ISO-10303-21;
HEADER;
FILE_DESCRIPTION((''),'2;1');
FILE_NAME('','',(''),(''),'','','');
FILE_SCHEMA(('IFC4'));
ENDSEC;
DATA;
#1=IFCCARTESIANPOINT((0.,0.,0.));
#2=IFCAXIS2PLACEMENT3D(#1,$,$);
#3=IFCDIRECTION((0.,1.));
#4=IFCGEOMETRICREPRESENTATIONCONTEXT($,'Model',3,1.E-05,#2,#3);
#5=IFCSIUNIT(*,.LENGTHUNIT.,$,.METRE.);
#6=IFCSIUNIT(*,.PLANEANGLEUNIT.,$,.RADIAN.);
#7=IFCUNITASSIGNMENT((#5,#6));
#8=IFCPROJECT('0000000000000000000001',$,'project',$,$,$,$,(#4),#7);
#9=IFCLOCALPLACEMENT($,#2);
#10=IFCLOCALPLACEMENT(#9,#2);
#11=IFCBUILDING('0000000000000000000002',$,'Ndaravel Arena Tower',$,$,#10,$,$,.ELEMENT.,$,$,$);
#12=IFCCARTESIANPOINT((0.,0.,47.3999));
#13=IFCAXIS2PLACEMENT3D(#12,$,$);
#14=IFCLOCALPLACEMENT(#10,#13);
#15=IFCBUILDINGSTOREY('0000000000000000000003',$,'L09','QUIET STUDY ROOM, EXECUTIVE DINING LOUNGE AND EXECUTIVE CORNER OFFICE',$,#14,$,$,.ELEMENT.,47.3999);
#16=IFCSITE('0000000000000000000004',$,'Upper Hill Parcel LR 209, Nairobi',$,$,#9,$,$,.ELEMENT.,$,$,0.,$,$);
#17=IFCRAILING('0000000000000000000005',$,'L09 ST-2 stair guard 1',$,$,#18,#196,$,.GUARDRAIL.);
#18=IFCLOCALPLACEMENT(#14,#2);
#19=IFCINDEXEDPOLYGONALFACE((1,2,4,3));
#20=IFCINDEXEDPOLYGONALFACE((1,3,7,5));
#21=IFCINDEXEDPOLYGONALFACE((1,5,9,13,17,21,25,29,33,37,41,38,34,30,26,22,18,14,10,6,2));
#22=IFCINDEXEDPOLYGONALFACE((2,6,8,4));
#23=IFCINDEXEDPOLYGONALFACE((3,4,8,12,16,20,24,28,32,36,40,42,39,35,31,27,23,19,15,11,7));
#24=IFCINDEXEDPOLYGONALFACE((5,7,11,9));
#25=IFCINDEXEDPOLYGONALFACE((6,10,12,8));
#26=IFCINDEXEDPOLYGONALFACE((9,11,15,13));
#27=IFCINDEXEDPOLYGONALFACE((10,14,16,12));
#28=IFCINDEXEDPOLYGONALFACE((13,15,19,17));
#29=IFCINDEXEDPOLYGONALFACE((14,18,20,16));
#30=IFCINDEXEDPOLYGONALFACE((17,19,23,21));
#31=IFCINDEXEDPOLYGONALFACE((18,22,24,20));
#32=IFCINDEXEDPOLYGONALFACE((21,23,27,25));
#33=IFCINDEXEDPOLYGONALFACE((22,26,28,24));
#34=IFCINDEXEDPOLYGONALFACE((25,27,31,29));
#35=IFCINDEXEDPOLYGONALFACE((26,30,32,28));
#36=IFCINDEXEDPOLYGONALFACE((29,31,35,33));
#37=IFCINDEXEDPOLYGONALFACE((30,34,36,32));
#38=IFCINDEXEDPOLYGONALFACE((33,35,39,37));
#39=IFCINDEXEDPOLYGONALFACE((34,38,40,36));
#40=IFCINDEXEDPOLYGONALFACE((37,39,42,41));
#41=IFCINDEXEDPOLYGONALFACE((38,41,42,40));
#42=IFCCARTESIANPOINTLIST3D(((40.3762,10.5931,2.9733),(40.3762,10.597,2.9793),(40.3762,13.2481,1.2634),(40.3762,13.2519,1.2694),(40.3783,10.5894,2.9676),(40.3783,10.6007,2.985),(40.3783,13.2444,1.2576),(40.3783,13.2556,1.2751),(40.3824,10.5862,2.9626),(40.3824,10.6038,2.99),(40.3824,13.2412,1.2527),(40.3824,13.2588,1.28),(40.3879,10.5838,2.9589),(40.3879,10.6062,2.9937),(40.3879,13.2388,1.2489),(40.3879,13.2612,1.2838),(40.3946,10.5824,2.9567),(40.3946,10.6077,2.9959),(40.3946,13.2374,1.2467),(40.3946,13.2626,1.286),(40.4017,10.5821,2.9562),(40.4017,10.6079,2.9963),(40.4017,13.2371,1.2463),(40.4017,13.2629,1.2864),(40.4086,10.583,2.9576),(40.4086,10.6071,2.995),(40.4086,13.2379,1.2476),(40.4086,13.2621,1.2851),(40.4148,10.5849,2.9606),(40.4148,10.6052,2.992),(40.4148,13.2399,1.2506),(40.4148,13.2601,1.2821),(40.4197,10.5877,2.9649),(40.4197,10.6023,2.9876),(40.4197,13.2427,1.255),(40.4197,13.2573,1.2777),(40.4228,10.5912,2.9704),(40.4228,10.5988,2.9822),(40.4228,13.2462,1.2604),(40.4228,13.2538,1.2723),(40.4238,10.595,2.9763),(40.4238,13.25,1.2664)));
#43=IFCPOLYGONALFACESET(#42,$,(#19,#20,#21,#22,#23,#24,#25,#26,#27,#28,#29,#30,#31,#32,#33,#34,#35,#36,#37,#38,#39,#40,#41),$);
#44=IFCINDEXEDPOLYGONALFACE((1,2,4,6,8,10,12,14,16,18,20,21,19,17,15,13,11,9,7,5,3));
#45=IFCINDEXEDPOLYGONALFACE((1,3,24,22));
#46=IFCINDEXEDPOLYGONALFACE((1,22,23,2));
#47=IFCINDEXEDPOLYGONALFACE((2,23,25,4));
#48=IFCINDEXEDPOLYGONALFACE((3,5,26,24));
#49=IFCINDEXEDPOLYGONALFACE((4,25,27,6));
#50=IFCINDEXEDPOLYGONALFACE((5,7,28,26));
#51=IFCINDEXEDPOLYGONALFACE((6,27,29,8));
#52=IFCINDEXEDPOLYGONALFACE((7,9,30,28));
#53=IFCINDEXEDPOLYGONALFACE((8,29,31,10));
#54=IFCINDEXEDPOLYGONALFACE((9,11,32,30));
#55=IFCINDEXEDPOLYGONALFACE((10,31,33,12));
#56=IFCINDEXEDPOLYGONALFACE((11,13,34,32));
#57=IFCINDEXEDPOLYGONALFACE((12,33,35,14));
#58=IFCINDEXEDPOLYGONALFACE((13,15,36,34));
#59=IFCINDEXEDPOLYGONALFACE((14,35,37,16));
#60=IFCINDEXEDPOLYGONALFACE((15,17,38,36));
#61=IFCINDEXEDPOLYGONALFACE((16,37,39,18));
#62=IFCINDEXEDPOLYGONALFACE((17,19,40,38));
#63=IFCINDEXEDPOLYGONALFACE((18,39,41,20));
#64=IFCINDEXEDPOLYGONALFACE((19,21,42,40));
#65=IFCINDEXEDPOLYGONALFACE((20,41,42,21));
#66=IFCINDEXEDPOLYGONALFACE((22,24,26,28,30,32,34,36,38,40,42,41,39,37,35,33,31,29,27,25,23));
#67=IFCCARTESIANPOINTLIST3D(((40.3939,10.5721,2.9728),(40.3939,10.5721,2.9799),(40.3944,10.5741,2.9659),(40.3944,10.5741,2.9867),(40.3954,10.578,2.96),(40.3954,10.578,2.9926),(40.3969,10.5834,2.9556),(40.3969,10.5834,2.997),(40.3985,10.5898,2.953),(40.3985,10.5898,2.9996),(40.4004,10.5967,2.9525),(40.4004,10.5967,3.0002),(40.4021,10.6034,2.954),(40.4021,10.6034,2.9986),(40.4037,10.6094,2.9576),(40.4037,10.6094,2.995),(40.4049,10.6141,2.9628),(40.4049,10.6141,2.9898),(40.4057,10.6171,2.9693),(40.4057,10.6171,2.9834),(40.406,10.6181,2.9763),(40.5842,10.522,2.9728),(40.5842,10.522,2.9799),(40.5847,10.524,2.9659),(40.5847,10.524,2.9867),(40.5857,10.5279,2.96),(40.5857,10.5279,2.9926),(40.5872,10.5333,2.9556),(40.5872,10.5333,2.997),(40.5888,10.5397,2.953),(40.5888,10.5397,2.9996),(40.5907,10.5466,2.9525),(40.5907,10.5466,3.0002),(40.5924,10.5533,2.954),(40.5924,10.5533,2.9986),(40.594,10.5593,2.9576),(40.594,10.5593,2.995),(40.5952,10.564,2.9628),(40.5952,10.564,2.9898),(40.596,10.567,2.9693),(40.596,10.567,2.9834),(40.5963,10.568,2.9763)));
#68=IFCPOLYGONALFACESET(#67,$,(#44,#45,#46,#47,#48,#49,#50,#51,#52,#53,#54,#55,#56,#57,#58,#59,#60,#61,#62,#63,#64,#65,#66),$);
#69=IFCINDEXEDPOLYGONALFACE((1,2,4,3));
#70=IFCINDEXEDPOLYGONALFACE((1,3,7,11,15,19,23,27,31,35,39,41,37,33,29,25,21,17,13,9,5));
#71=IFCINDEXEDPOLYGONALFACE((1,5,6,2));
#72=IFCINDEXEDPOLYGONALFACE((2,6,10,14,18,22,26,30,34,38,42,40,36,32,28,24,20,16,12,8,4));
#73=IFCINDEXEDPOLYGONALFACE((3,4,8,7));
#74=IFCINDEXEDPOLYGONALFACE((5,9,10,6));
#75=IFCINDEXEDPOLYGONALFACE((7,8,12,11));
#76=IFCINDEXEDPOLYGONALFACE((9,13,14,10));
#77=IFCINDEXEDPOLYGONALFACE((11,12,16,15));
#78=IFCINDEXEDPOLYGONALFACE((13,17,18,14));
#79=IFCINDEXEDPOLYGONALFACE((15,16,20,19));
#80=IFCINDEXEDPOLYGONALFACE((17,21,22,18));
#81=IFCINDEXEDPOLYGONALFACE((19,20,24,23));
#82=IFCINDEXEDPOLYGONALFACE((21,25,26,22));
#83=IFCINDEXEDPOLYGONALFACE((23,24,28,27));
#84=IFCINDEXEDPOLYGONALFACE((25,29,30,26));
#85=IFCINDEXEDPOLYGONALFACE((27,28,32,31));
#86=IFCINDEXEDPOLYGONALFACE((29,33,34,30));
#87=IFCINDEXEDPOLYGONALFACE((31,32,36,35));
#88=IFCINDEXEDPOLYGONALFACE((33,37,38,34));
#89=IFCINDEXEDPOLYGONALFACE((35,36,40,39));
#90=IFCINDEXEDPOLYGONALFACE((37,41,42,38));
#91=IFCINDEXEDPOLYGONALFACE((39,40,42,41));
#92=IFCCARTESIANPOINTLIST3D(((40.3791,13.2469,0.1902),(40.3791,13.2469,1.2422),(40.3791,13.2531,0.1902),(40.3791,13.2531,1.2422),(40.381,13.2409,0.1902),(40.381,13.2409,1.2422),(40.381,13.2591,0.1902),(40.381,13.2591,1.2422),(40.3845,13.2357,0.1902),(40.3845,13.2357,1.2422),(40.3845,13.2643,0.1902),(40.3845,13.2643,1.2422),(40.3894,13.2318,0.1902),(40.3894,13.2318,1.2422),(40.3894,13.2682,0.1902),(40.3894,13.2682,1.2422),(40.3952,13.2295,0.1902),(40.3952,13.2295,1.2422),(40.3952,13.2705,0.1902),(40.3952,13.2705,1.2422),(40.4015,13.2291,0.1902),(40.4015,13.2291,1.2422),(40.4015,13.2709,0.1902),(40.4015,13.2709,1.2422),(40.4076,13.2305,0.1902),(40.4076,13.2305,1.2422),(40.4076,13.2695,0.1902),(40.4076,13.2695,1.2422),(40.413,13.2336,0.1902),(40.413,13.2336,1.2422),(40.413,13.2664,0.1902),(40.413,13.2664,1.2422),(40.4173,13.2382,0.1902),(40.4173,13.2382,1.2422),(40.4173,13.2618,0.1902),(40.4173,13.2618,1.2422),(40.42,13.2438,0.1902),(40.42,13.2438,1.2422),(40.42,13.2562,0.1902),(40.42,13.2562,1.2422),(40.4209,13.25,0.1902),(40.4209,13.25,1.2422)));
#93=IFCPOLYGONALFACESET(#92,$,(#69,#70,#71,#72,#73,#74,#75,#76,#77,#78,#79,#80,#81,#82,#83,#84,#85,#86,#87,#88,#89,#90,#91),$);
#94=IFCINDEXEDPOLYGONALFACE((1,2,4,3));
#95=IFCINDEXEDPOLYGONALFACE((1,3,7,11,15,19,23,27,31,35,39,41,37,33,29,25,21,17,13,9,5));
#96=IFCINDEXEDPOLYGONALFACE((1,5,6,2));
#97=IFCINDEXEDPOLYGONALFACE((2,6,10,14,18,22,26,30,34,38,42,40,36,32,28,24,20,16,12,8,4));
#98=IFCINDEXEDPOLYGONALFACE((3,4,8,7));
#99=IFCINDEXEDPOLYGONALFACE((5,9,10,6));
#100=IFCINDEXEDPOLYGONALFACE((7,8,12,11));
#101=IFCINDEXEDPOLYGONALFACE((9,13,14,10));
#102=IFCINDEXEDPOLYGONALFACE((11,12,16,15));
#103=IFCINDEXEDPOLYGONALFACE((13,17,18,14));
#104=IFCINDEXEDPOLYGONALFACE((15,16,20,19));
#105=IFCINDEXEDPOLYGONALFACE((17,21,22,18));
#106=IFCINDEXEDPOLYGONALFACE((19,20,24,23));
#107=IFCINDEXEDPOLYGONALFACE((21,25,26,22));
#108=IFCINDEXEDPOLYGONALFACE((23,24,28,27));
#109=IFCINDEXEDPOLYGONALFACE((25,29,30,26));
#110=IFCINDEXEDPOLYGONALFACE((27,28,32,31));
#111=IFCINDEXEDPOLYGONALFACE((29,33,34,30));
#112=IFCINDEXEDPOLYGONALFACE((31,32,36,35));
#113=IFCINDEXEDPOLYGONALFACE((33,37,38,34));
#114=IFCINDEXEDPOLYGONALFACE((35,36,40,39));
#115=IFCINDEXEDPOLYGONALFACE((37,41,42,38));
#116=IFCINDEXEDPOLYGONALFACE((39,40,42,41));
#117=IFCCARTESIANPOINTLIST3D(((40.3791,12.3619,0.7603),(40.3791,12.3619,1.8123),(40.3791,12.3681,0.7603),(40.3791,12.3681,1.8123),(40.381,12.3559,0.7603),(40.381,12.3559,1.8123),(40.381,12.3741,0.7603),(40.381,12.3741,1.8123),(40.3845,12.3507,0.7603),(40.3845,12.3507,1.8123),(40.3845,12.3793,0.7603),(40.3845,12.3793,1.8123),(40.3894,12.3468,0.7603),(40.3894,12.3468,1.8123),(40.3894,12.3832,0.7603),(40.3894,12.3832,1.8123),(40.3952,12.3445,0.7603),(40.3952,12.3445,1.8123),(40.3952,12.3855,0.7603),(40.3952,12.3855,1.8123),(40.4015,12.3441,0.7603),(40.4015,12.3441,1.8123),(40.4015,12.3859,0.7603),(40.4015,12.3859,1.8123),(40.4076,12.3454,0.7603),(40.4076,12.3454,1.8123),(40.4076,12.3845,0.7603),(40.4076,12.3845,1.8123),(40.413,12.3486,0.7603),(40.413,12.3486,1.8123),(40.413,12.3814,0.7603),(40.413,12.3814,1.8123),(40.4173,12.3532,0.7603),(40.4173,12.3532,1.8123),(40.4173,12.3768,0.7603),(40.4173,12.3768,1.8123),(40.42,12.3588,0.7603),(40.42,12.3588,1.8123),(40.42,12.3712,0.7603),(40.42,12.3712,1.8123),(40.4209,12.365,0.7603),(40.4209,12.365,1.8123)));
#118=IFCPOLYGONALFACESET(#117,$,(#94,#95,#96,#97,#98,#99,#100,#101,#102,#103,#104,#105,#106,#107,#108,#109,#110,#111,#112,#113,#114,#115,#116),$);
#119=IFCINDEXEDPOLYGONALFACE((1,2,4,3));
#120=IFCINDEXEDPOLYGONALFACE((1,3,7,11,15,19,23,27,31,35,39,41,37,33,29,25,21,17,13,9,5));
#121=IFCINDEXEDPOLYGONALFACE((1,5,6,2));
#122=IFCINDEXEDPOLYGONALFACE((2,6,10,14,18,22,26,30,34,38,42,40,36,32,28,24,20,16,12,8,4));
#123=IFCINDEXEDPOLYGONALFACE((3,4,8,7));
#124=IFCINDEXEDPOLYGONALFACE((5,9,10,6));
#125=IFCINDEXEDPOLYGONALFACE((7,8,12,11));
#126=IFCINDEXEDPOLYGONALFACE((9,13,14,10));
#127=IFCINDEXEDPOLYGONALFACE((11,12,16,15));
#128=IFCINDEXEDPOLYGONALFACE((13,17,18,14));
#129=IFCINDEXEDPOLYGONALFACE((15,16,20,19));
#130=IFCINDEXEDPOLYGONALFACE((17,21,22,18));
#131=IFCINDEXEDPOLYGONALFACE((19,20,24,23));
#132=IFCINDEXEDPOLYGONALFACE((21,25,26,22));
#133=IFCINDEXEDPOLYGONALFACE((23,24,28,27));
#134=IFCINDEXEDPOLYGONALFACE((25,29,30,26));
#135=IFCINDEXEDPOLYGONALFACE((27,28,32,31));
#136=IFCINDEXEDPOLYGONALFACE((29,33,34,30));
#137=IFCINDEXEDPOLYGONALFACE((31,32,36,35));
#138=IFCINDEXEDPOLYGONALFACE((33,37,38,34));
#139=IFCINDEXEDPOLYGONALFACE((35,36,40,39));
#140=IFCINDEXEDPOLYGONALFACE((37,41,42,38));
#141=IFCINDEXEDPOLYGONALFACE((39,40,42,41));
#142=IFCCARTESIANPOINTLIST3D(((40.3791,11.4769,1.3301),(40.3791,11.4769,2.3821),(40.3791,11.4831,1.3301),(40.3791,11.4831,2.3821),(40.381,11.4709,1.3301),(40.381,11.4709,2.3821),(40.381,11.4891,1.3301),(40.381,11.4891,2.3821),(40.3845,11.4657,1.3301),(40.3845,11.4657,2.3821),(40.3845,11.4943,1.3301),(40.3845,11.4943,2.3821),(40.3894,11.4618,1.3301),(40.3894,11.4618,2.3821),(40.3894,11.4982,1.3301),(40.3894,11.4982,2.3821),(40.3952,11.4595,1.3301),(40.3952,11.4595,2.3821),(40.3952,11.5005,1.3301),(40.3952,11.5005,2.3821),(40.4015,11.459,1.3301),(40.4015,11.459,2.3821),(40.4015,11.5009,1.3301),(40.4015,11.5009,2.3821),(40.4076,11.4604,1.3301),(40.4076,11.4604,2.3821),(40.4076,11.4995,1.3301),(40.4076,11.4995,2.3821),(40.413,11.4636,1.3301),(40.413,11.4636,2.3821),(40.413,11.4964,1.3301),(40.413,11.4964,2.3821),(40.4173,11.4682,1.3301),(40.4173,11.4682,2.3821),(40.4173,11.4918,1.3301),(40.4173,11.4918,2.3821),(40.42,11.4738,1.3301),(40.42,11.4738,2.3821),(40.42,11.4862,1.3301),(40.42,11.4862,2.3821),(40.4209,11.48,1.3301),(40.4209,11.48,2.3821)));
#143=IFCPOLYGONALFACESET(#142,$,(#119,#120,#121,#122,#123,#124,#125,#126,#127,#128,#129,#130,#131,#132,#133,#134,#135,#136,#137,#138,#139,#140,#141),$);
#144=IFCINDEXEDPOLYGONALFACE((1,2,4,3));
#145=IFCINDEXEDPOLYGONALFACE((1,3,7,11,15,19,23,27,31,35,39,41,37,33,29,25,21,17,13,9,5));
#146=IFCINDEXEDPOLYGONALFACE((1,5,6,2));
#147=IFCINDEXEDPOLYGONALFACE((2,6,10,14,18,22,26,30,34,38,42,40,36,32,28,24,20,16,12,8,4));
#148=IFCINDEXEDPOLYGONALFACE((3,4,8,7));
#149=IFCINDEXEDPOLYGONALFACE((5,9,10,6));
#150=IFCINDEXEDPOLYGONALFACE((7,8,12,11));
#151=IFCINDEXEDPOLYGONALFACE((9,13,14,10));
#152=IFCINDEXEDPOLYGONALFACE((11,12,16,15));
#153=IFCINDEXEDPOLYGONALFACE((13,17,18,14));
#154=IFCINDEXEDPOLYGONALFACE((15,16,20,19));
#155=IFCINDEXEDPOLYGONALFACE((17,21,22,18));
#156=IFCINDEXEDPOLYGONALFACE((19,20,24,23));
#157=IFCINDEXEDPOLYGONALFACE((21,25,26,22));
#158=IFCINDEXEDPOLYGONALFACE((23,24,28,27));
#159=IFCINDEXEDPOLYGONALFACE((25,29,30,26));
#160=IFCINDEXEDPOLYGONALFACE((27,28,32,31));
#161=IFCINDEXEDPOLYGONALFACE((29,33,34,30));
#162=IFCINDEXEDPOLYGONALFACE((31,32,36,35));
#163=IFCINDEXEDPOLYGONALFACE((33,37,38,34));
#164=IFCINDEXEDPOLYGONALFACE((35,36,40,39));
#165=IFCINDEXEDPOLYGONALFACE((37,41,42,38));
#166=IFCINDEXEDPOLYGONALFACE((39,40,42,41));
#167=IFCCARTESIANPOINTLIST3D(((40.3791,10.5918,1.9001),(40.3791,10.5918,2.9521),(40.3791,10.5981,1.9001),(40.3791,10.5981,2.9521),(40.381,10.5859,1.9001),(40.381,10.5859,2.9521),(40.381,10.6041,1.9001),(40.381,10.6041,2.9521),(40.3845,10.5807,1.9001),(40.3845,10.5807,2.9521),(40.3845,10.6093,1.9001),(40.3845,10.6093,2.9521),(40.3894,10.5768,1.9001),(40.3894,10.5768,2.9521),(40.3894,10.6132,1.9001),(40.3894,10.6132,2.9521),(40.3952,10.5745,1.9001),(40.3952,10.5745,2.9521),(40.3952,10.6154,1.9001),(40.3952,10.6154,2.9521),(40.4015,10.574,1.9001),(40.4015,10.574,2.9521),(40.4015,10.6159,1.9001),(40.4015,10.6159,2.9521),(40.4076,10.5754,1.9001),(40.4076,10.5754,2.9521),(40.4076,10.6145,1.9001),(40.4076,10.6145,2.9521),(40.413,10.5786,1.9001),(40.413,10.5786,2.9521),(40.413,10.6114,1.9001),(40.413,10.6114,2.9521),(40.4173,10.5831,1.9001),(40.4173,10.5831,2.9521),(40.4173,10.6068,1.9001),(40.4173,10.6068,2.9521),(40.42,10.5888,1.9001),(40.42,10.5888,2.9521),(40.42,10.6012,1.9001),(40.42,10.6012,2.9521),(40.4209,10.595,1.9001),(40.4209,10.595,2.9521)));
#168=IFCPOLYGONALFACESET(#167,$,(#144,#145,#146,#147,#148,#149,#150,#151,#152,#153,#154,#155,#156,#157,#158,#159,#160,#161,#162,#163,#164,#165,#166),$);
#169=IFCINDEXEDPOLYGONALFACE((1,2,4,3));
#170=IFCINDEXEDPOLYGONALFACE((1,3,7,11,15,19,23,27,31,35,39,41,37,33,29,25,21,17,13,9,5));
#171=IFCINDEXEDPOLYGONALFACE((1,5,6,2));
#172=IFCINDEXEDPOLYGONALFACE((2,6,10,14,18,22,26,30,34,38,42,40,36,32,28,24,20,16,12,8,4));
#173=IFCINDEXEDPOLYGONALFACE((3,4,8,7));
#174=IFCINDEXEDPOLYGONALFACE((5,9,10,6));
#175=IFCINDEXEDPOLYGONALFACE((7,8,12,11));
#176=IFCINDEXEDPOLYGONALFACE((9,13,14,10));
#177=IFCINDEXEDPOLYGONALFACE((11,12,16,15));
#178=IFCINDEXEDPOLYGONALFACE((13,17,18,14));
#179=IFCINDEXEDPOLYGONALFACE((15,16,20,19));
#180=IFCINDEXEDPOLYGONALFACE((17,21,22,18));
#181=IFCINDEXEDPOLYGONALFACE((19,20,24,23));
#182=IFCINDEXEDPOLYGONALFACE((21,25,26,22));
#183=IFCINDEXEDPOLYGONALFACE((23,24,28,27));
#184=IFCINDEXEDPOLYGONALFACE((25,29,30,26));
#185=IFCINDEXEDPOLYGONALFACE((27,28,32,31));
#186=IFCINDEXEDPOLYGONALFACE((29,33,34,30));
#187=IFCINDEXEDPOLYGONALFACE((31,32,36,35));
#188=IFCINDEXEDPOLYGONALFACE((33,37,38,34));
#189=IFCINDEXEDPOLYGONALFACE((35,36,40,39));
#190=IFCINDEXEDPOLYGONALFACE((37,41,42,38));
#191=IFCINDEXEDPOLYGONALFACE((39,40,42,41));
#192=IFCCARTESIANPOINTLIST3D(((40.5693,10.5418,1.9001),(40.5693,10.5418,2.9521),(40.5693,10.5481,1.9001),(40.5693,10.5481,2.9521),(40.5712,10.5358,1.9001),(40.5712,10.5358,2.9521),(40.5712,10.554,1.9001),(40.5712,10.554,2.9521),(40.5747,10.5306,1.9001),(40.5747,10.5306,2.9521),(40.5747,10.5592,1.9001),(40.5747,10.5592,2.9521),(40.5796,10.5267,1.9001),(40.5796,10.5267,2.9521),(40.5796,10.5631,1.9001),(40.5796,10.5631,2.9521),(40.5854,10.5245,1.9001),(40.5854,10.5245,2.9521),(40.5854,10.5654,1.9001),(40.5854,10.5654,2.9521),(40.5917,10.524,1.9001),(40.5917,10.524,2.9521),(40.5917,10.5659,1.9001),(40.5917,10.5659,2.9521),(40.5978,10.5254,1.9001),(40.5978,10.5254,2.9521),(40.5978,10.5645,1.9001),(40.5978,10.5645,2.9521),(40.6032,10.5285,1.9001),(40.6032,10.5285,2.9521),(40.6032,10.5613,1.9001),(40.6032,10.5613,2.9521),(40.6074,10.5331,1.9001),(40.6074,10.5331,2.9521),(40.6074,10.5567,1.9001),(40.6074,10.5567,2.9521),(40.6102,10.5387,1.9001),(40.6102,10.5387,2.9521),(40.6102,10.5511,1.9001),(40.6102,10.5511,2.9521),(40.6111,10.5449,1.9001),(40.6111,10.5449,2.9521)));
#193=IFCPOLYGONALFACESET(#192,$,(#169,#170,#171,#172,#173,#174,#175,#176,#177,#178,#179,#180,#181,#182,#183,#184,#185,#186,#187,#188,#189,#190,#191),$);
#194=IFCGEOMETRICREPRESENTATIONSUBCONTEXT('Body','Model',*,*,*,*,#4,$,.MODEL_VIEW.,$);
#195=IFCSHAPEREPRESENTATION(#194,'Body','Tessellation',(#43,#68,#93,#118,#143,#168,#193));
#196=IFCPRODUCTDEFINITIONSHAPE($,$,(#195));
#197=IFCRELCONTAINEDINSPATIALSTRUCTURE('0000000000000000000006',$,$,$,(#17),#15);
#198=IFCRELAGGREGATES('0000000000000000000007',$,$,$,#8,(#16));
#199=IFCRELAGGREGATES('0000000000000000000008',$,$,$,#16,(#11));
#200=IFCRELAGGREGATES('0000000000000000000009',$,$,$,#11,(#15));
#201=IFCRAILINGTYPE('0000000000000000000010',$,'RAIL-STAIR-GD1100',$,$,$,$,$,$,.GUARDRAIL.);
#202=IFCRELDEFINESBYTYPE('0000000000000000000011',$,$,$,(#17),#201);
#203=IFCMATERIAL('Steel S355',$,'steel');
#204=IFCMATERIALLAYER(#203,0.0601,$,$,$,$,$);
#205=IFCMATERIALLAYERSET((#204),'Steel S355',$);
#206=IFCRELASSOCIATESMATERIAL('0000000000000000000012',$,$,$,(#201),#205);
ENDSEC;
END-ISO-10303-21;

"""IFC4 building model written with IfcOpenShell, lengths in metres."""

from ifc_helpers import new_model, si_unit, direction, frame, origin, origin_2d, place, context, subcontext, project, spatial, circle, extrude, material, layer, layer_set, type_object, element, save


model = new_model("IFC4")

# Units and contexts
model_context = context("Model", 3, precision=1e-05, world=origin(), true_north=direction((0.0, 1.0)))
body_context = subcontext(model_context, "Body", "Model", "MODEL_VIEW")
ifc_project = project(units=[si_unit("LENGTHUNIT", "METRE"), si_unit("PLANEANGLEUNIT", "RADIAN")], contexts=[model_context])

# Site, building, storey
site_placement = place(None, origin())
site = spatial("IfcSite", under=ifc_project, at=site_placement, Name="Upper Hill Parcel LR 209, Nairobi", CompositionType="ELEMENT", RefElevation=0.0)
building_placement = place(site_placement, origin())
building = spatial("IfcBuilding", under=site, at=building_placement, Name="Ndaravel Arena Tower", CompositionType="ELEMENT")
storey_placement = place(building_placement, frame((0.0, 0.0, 47.3999)))
storey = spatial("IfcBuildingStorey", under=building, at=storey_placement, Name="L09", Description="QUIET STUDY ROOM, EXECUTIVE DINING LOUNGE AND EXECUTIVE CORNER OFFICE", CompositionType="ELEMENT", Elevation=47.3999)

# Railing
ifc_material_1 = material(Name="Steel S355", Category="steel")
ifc_layer_1 = layer(ifc_material_1, 0.0601)
ifc_layer_set_1 = layer_set([ifc_layer_1], Name="Steel S355")
railing_type_1 = type_object("IfcRailingType", Name="RAIL-STAIR-GD1100", PredefinedType="GUARDRAIL", material=ifc_layer_set_1)
railing_1_placement = place(storey_placement, frame((40.3999, 13.25, 0.1902)))
element("IfcRailing", 1, at=railing_1_placement, inside=storey, type_object=railing_type_1, Name="L09 ST-2 stair guard 1", PredefinedType="GUARDRAIL", context=body_context, shape_type="SweptSolid", body=[
    extrude(circle(Radius=0.0239, at=origin_2d()), frame((0.0, 0.0, 1.0762), z_axis=(0.0, -0.840724, 0.541465), x_axis=(1.0, 0.0, 0.0)), (0.0, 0.0, 1.0), 3.158),
    extrude(circle(Radius=0.0239, at=origin_2d()), frame((0.0, -2.655, 2.7861), z_axis=(0.967075, -0.254493, 0.0), x_axis=(0.254493, 0.967075, 0.0)), (0.0, 0.0, 1.0), 0.1968),
    extrude(circle(Radius=0.021, at=origin_2d()), origin(), (0.0, 0.0, 1.0), 1.052),
    extrude(circle(Radius=0.021, at=origin_2d()), frame((0.0, -0.885, 0.5701)), (0.0, 0.0, 1.0), 1.052),
    extrude(circle(Radius=0.021, at=origin_2d()), frame((0.0, -1.77, 1.1399)), (0.0, 0.0, 1.0), 1.052),
    extrude(circle(Radius=0.021, at=origin_2d()), frame((0.0, -2.655, 1.71)), (0.0, 0.0, 1.0), 1.052),
    extrude(circle(Radius=0.021, at=origin_2d()), frame((0.1902, -2.7051, 1.71)), (0.0, 0.0, 1.0), 1.052),
])

save(model, "model.ifc")
